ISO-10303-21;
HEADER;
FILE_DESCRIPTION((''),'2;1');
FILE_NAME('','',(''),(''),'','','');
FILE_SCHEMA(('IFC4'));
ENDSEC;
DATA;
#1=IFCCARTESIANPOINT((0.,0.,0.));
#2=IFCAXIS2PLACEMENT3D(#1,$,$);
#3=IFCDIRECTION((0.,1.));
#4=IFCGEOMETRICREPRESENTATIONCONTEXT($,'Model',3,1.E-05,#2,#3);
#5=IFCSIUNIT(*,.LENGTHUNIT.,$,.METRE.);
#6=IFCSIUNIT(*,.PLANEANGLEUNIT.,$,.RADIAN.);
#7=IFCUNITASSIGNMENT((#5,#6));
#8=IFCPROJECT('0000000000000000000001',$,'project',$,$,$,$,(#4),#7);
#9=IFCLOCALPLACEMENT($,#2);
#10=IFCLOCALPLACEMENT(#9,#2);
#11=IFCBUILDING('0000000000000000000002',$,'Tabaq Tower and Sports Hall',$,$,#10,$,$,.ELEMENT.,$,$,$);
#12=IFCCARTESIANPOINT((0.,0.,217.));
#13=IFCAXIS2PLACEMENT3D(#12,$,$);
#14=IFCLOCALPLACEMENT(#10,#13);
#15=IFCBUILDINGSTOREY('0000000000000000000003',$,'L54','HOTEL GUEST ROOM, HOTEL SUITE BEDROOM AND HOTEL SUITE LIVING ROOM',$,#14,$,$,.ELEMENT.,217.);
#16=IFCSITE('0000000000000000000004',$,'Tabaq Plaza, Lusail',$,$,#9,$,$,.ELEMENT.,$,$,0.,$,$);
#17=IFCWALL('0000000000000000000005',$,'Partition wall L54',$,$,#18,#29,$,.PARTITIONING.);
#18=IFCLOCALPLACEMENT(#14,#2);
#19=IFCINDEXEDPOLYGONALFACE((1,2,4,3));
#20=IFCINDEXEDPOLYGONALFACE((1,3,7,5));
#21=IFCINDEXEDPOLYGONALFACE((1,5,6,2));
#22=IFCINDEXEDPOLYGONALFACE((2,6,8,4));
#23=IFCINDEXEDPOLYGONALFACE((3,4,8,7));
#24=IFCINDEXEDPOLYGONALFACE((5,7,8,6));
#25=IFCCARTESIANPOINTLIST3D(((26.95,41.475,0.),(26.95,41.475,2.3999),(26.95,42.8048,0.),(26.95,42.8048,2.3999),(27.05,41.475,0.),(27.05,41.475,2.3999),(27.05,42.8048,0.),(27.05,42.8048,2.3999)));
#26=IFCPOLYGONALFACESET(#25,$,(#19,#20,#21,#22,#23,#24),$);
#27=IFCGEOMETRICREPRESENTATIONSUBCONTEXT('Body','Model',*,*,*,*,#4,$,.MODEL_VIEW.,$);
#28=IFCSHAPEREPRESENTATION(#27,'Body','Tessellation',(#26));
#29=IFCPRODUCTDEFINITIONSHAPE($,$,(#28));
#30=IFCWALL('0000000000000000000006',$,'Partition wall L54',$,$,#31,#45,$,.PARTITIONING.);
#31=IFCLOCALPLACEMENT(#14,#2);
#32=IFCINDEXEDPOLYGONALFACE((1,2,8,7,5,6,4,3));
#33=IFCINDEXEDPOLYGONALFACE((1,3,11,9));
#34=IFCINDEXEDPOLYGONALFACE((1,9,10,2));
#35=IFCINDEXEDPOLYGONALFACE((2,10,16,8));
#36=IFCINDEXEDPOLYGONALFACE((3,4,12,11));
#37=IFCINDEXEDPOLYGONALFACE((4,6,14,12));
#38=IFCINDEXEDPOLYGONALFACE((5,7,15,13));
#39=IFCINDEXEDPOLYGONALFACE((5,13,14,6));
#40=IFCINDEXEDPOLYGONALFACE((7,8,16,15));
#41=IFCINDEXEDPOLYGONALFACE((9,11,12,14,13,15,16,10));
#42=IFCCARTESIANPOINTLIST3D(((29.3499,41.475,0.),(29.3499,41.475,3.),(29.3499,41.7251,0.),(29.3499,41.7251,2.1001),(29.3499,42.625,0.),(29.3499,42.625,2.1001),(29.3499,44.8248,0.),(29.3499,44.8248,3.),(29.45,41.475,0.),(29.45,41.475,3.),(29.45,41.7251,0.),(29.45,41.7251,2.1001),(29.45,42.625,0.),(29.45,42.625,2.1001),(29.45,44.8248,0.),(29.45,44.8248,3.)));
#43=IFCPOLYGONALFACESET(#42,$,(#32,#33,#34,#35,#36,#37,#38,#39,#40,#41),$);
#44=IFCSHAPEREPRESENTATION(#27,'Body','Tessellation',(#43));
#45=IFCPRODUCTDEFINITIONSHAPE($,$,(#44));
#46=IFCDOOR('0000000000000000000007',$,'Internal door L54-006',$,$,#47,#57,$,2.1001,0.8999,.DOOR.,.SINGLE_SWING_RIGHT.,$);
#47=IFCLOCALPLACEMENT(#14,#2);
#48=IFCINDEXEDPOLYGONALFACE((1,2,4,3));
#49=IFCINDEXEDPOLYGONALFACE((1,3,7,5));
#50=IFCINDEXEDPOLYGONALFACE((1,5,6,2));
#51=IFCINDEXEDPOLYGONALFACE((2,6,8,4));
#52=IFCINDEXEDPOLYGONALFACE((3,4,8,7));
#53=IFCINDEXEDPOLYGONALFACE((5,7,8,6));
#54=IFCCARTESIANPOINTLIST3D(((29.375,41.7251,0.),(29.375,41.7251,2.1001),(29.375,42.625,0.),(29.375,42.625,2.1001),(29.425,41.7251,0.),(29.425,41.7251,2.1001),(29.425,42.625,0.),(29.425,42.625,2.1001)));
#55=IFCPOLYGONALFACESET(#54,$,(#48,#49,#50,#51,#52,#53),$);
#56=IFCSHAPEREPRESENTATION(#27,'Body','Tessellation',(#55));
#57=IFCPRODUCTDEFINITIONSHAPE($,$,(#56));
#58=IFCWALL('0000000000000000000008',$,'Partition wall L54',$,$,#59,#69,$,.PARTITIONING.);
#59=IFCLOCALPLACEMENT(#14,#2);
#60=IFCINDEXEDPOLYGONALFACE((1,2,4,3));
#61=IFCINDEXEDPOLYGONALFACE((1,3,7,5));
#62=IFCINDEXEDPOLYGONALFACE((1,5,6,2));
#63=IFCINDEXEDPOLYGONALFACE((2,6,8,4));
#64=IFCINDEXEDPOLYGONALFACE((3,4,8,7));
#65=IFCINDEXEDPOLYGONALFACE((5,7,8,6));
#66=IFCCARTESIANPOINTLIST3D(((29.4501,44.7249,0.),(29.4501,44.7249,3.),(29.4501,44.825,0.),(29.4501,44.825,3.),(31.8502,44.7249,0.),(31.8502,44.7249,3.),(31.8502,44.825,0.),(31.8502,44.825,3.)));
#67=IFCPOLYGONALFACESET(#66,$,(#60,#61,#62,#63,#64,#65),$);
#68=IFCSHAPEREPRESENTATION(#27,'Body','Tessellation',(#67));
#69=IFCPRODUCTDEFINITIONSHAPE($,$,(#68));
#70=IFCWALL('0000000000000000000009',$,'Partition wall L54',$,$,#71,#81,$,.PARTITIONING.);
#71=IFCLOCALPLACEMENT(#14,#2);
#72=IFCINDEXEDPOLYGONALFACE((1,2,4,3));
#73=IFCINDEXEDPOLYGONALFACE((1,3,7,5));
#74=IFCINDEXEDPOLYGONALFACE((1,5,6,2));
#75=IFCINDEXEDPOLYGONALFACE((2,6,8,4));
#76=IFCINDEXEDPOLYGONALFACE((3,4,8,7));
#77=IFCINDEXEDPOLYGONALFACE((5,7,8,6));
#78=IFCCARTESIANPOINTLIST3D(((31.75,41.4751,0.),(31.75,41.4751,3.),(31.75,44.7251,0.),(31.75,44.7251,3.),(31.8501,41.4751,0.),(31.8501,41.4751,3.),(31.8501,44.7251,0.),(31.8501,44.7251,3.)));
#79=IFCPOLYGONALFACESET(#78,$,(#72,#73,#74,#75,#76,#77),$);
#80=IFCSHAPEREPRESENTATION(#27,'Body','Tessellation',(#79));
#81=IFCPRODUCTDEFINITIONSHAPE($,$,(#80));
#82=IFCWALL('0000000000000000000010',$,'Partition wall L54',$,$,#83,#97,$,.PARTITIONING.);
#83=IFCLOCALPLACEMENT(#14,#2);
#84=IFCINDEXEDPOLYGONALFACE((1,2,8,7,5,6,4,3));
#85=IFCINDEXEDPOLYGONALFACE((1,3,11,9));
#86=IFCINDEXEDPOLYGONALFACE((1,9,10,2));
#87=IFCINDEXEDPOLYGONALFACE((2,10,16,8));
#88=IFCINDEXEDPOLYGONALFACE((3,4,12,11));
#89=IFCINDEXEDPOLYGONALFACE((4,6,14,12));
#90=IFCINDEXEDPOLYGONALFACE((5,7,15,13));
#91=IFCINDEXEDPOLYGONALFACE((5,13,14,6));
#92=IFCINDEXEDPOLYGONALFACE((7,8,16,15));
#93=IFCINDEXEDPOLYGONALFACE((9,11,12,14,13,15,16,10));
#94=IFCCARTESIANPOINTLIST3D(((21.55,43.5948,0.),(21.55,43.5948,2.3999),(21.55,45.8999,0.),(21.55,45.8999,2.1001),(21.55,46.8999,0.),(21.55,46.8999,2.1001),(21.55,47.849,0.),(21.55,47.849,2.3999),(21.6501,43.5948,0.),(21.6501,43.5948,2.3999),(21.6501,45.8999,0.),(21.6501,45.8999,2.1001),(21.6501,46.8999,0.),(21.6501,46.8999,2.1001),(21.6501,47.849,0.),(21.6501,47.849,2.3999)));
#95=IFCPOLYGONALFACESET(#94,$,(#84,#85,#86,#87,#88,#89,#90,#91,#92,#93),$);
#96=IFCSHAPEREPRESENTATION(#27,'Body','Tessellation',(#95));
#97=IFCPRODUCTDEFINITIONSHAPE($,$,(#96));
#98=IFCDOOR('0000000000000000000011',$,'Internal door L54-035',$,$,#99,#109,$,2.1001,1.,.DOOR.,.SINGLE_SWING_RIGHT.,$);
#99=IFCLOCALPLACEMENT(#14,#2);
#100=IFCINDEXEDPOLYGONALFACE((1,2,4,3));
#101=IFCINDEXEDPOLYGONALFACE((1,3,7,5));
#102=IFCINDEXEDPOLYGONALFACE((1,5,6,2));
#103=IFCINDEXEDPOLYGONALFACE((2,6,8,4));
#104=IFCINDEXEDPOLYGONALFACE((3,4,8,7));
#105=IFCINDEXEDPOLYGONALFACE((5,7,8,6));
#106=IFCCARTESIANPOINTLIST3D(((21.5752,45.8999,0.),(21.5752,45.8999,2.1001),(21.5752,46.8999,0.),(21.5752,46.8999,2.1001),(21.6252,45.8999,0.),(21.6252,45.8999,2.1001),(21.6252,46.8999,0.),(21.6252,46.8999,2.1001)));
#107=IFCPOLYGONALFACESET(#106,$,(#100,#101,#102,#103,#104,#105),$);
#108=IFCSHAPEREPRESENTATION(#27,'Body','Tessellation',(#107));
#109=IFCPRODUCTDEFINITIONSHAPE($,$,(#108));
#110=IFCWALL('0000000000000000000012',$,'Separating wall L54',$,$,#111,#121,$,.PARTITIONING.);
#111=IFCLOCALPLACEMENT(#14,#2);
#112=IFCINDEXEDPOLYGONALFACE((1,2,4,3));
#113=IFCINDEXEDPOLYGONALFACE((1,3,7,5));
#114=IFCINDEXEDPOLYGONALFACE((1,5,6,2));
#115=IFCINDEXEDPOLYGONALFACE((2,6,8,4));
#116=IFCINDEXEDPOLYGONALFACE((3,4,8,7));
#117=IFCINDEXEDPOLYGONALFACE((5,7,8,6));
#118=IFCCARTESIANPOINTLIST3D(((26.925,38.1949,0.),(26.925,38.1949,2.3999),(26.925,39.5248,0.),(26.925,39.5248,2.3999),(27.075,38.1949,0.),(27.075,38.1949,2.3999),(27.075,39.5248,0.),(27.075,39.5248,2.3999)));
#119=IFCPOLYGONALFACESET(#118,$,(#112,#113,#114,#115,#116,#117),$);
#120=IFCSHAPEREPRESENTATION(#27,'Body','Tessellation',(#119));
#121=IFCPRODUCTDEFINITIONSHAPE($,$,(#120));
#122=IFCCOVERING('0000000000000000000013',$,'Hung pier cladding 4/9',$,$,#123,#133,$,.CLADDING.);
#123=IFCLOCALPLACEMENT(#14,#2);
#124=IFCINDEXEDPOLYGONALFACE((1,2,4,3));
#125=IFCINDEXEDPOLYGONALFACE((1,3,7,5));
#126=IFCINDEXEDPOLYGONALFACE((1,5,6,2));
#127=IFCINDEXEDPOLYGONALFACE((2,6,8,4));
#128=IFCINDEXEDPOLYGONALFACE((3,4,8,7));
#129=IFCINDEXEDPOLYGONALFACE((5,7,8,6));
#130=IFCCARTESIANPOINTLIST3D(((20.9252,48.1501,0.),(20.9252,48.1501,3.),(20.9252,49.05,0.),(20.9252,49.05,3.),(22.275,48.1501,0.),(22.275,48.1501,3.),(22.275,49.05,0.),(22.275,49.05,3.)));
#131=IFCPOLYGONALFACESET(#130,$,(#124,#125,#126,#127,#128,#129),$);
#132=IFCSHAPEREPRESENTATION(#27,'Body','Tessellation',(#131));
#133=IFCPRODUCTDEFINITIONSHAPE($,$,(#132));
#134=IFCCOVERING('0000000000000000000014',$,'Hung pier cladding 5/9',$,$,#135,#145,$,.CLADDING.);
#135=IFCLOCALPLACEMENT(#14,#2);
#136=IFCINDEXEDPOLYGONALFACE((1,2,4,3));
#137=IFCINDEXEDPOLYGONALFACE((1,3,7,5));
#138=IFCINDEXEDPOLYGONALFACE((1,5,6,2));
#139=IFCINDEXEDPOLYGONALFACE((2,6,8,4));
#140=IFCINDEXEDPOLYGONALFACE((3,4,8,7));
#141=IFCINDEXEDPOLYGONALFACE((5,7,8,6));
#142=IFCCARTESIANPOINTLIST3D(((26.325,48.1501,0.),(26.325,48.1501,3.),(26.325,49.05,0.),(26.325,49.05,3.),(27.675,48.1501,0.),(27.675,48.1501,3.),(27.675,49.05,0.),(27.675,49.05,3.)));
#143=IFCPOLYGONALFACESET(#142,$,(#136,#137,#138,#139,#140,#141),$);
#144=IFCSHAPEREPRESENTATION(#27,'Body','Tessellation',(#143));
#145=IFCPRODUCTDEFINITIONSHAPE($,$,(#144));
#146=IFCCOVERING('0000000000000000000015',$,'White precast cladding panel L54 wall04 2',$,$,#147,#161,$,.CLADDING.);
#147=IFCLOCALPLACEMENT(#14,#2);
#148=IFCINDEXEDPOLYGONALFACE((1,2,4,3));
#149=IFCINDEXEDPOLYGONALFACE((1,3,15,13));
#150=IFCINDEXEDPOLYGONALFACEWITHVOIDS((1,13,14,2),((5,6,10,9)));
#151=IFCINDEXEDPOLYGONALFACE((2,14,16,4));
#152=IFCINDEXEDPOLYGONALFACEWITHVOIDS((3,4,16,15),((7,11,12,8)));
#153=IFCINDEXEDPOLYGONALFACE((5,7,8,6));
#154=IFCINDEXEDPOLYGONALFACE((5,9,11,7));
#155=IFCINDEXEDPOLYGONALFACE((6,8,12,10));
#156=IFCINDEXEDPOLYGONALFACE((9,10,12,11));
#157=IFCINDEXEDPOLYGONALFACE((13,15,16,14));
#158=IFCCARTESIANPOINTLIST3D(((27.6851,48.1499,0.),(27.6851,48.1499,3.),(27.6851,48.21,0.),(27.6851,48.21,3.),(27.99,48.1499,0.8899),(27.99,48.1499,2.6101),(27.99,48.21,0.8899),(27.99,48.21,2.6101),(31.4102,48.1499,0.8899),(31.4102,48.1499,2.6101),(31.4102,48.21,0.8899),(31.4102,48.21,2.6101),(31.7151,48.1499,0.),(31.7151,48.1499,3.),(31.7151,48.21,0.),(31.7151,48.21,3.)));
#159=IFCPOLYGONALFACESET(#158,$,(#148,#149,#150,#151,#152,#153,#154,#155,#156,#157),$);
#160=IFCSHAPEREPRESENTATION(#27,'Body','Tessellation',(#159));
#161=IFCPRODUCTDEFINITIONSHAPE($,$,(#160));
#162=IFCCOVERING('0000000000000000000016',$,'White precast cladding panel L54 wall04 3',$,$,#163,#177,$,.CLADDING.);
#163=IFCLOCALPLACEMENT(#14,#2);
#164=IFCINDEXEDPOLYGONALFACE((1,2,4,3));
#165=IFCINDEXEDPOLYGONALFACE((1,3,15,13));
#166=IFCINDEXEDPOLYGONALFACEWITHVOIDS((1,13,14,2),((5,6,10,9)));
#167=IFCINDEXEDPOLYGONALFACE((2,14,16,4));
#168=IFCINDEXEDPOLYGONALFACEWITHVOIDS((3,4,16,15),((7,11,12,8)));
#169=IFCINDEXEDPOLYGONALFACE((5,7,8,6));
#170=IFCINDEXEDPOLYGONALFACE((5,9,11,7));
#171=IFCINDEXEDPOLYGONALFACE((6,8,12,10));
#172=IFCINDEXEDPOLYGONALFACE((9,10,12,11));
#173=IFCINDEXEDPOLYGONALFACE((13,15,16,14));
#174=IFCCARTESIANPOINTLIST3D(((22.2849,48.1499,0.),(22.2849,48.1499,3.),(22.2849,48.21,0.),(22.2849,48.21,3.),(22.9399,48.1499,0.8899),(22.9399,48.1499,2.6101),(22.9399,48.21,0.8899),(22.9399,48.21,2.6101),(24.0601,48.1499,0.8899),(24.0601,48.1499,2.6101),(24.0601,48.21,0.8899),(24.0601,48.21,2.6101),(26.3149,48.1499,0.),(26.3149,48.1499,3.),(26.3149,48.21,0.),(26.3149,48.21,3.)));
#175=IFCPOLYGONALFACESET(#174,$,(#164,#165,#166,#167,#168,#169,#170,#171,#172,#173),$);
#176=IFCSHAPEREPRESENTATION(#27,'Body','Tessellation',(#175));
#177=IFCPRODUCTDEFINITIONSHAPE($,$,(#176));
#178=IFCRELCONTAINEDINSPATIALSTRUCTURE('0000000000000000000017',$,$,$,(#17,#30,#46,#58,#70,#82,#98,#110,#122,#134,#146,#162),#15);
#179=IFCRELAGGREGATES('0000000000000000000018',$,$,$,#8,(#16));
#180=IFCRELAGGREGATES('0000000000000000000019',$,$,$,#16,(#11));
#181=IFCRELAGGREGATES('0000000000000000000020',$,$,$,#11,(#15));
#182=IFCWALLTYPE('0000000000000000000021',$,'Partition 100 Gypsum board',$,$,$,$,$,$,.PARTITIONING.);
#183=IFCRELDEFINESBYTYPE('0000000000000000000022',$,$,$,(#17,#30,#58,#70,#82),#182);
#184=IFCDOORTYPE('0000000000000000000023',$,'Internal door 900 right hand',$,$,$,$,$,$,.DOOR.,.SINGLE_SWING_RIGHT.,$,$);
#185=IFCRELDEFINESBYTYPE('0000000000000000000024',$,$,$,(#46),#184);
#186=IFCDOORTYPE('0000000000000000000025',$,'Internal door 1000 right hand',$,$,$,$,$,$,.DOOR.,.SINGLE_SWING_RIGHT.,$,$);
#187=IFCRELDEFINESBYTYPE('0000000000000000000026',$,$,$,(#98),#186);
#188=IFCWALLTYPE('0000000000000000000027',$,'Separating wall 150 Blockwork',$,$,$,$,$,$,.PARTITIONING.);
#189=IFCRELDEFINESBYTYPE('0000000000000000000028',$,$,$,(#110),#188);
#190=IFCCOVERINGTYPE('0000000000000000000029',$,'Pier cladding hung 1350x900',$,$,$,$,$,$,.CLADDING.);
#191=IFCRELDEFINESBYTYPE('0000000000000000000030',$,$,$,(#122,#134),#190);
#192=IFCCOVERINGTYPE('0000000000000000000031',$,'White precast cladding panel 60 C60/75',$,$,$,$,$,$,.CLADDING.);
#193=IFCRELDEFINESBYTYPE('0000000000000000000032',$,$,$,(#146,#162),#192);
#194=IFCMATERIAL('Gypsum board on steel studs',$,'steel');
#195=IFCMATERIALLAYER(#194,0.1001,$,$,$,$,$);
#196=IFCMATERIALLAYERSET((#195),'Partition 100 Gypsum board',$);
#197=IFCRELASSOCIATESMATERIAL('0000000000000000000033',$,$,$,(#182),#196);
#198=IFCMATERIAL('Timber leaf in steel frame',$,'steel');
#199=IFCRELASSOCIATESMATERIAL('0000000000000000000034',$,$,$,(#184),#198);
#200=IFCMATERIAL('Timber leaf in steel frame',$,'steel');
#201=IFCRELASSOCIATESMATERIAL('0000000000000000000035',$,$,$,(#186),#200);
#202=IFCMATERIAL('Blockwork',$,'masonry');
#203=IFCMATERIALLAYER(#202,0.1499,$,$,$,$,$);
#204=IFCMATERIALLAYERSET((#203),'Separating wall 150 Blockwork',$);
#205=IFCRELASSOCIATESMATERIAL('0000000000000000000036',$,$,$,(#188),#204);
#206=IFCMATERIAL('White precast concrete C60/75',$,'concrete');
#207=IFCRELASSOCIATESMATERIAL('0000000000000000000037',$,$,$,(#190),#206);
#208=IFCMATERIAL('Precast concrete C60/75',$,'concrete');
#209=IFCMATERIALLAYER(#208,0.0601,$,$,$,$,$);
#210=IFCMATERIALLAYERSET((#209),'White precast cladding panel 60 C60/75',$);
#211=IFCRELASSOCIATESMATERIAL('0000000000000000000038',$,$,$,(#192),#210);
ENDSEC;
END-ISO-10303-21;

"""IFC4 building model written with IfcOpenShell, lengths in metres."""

from ifc_helpers import new_model, si_unit, direction, frame, frame_2d, origin, place, context, subcontext, project, spatial, polyline, rectangle, outline, extrude, material, layer, layer_set, type_object, element, fill, save


model = new_model("IFC4")

# Units and contexts
model_context = context("Model", 3, precision=1e-05, world=origin(), true_north=direction((0.0, 1.0)))
body_context = subcontext(model_context, "Body", "Model", "MODEL_VIEW")
ifc_project = project(units=[si_unit("LENGTHUNIT", "METRE"), si_unit("PLANEANGLEUNIT", "RADIAN")], contexts=[model_context])

# Site, building, storey
site_placement = place(None, origin())
site = spatial("IfcSite", under=ifc_project, at=site_placement, Name="Tabaq Plaza, Lusail", CompositionType="ELEMENT", RefElevation=0.0)
building_placement = place(site_placement, origin())
building = spatial("IfcBuilding", under=site, at=building_placement, Name="Tabaq Tower and Sports Hall", CompositionType="ELEMENT")
storey_placement = place(building_placement, frame((0.0, 0.0, 217.0)))
storey = spatial("IfcBuildingStorey", under=building, at=storey_placement, Name="L54", Description="HOTEL GUEST ROOM, HOTEL SUITE BEDROOM AND HOTEL SUITE LIVING ROOM", CompositionType="ELEMENT", Elevation=217.0)

# Shared definitions
ifc_material_1 = material(Name="Gypsum board on steel studs", Category="steel")
ifc_layer_1 = layer(ifc_material_1, 0.1001)
ifc_layer_set_1 = layer_set([ifc_layer_1], Name="Partition 100 Gypsum board")
wall_type_1 = type_object("IfcWallType", Name="Partition 100 Gypsum board", PredefinedType="PARTITIONING", material=ifc_layer_set_1)

# Shared definitions
ifc_material_2 = material(Name="Timber leaf in steel frame", Category="steel")
door_type_1 = type_object("IfcDoorType", Name="Internal door 900 right hand", OperationType="SINGLE_SWING_RIGHT", PredefinedType="DOOR", material=ifc_material_2)
ifc_material_3 = material(Name="Timber leaf in steel frame", Category="steel")
door_type_2 = type_object("IfcDoorType", Name="Internal door 1000 right hand", OperationType="SINGLE_SWING_RIGHT", PredefinedType="DOOR", material=ifc_material_3)

# Wall
wall_1_placement = place(storey_placement, frame((27.0, 42.8049, 0.0), z_axis=(0.0, 0.0, 1.0), x_axis=(0.0, -1.0, 0.0)))
element("IfcWall", 1, at=wall_1_placement, inside=storey, type_object=wall_type_1, Name="Partition wall L54", PredefinedType="PARTITIONING", context=body_context, shape_type="SweptSolid", body=[
    extrude(rectangle(XDim=1.3298, YDim=0.1001, at=frame_2d((0.665, 0.0))), origin(), (0.0, 0.0, 1.0), 2.3999),
])

# Wall, opening, door
wall_2_placement = place(storey_placement, frame((29.3999, 41.4751, 0.0), z_axis=(0.0, 0.0, 1.0), x_axis=(0.0, 1.0, 0.0)))
wall_2 = element("IfcWall", 2, at=wall_2_placement, inside=storey, type_object=wall_type_1, Name="Partition wall L54", PredefinedType="PARTITIONING", context=body_context, shape_type="SweptSolid", body=[
    extrude(rectangle(XDim=3.3499, YDim=0.1001, at=frame_2d((1.6748, 0.0))), origin(), (0.0, 0.0, 1.0), 3.0),
])
opening_1_placement = place(wall_2_placement, frame((0.25, 0.0, 0.0)))
opening_1 = element("IfcOpeningElement", 3, at=opening_1_placement, cuts=wall_2, PredefinedType="OPENING", context=body_context, shape_type="SweptSolid", body=[
    extrude(rectangle(XDim=0.8999, YDim=2.1001, at=frame_2d((0.45, 1.05))), frame((0.0, 0.05, 0.0), z_axis=(0.0, -1.0, 0.0), x_axis=(1.0, 0.0, 0.0)), (0.0, 0.0, 1.0), 0.1001),
])
door_1_placement = place(opening_1_placement, origin())
door_1 = element("IfcDoor", 4, at=door_1_placement, inside=storey, type_object=door_type_1, Name="Internal door L54-006", OperationType="SINGLE_SWING_RIGHT", OverallHeight=2.1001, OverallWidth=0.8999, PredefinedType="DOOR", context=body_context, shape_type="SweptSolid", body=[
    extrude(rectangle(XDim=0.8999, YDim=2.1001, at=frame_2d((0.45, 1.05))), frame((0.0, 0.0249, 0.0), z_axis=(0.0, -1.0, 0.0), x_axis=(1.0, 0.0, 0.0)), (0.0, 0.0, 1.0), 0.05),
])
fill(opening_1, door_1)

# Walls
wall_3_placement = place(storey_placement, frame((29.45, 44.7749, 0.0), z_axis=(0.0, 0.0, 1.0), x_axis=(1.0, 0.0, 0.0)))
element("IfcWall", 5, at=wall_3_placement, inside=storey, type_object=wall_type_1, Name="Partition wall L54", PredefinedType="PARTITIONING", context=body_context, shape_type="SweptSolid", body=[
    extrude(rectangle(XDim=2.4001, YDim=0.1001, at=frame_2d((1.2002, 0.0))), origin(), (0.0, 0.0, 1.0), 3.0),
])
wall_4_placement = place(storey_placement, frame((31.8, 44.7251, 0.0), z_axis=(0.0, 0.0, 1.0), x_axis=(0.0, -1.0, 0.0)))
element("IfcWall", 6, at=wall_4_placement, inside=storey, type_object=wall_type_1, Name="Partition wall L54", PredefinedType="PARTITIONING", context=body_context, shape_type="SweptSolid", body=[
    extrude(rectangle(XDim=3.25, YDim=0.1001, at=frame_2d((1.625, 0.0))), origin(), (0.0, 0.0, 1.0), 3.0),
])

# Wall, opening, door
wall_5_placement = place(storey_placement, frame((21.6001, 43.595, 0.0), z_axis=(0.0, 0.0, 1.0), x_axis=(0.0, 1.0, 0.0)))
wall_5 = element("IfcWall", 7, at=wall_5_placement, inside=storey, type_object=wall_type_1, Name="Partition wall L54", PredefinedType="PARTITIONING", context=body_context, shape_type="SweptSolid", body=[
    extrude(rectangle(XDim=4.2542, YDim=0.1001, at=frame_2d((2.127, 0.0))), origin(), (0.0, 0.0, 1.0), 2.3999),
])
opening_2_placement = place(wall_5_placement, frame((2.3049, 0.0, 0.0)))
opening_2 = element("IfcOpeningElement", 8, at=opening_2_placement, cuts=wall_5, PredefinedType="OPENING", context=body_context, shape_type="SweptSolid", body=[
    extrude(rectangle(XDim=1.0, YDim=2.1001, at=frame_2d((0.5, 1.05))), frame((0.0, 0.05, 0.0), z_axis=(0.0, -1.0, 0.0), x_axis=(1.0, 0.0, 0.0)), (0.0, 0.0, 1.0), 0.1001),
])
door_2_placement = place(opening_2_placement, origin())
door_2 = element("IfcDoor", 9, at=door_2_placement, inside=storey, type_object=door_type_2, Name="Internal door L54-035", OperationType="SINGLE_SWING_RIGHT", OverallHeight=2.1001, OverallWidth=1.0, PredefinedType="DOOR", context=body_context, shape_type="SweptSolid", body=[
    extrude(rectangle(XDim=1.0, YDim=2.1001, at=frame_2d((0.5, 1.05))), frame((0.0, 0.0249, 0.0), z_axis=(0.0, -1.0, 0.0), x_axis=(1.0, 0.0, 0.0)), (0.0, 0.0, 1.0), 0.05),
])
fill(opening_2, door_2)

# Wall
ifc_material_4 = material(Name="Blockwork", Category="masonry")
ifc_layer_2 = layer(ifc_material_4, 0.1499)
ifc_layer_set_2 = layer_set([ifc_layer_2], Name="Separating wall 150 Blockwork")
wall_type_2 = type_object("IfcWallType", Name="Separating wall 150 Blockwork", PredefinedType="PARTITIONING", material=ifc_layer_set_2)
wall_6_placement = place(storey_placement, frame((27.0, 39.5249, 0.0), z_axis=(0.0, 0.0, 1.0), x_axis=(0.0, -1.0, 0.0)))
element("IfcWall", 10, at=wall_6_placement, inside=storey, type_object=wall_type_2, Name="Separating wall L54", PredefinedType="PARTITIONING", context=body_context, shape_type="SweptSolid", body=[
    extrude(rectangle(XDim=1.3298, YDim=0.1499, at=frame_2d((0.665, 0.0))), origin(), (0.0, 0.0, 1.0), 2.3999),
])

# Coverings
ifc_material_5 = material(Name="White precast concrete C60/75", Category="concrete")
covering_type_1 = type_object("IfcCoveringType", Name="Pier cladding hung 1350x900", PredefinedType="CLADDING", material=ifc_material_5)
covering_1_placement = place(storey_placement, frame((22.2749, 48.6001, 0.0), z_axis=(0.0, 0.0, 1.0), x_axis=(-1.0, 0.0, 0.0)))
element("IfcCovering", 11, at=covering_1_placement, inside=storey, type_object=covering_type_1, Name="Hung pier cladding 4/9", PredefinedType="CLADDING", context=body_context, shape_type="SweptSolid", body=[
    extrude(rectangle(XDim=1.3499, YDim=0.8999, at=frame_2d((0.6748, 0.0))), origin(), (0.0, 0.0, 1.0), 3.0),
])
covering_2_placement = place(storey_placement, frame((27.675, 48.6001, 0.0), z_axis=(0.0, 0.0, 1.0), x_axis=(-1.0, 0.0, 0.0)))
element("IfcCovering", 12, at=covering_2_placement, inside=storey, type_object=covering_type_1, Name="Hung pier cladding 5/9", PredefinedType="CLADDING", context=body_context, shape_type="SweptSolid", body=[
    extrude(rectangle(XDim=1.3501, YDim=0.8999, at=frame_2d((0.675, 0.0))), origin(), (0.0, 0.0, 1.0), 3.0),
])
ifc_material_6 = material(Name="Precast concrete C60/75", Category="concrete")
ifc_layer_3 = layer(ifc_material_6, 0.0601)
ifc_layer_set_3 = layer_set([ifc_layer_3], Name="White precast cladding panel 60 C60/75")
covering_type_2 = type_object("IfcCoveringType", Name="White precast cladding panel 60 C60/75", PredefinedType="CLADDING", material=ifc_layer_set_3)
covering_3_placement = place(storey_placement, frame((31.7151, 48.1799, 0.0), z_axis=(0.0, 0.0, 1.0), x_axis=(-1.0, 0.0, 0.0)))
element("IfcCovering", 13, at=covering_3_placement, inside=storey, type_object=covering_type_2, Name="White precast cladding panel L54 wall04 2", PredefinedType="CLADDING", context=body_context, shape_type="SweptSolid", body=[
    extrude(outline(polyline([(0.0, 0.0), (4.03, 0.0), (4.03, 3.0), (0.0, 3.0), (0.0, 0.0)]), holes=[polyline([(0.3049, 0.8899), (0.3049, 2.6101), (3.7251, 2.6101), (3.7251, 0.8899), (0.3049, 0.8899)])]), frame((0.0, 0.03, 0.0), z_axis=(0.0, -1.0, 0.0), x_axis=(1.0, 0.0, 0.0)), (0.0, 0.0, 1.0), 0.0601),
])
covering_4_placement = place(storey_placement, frame((26.3149, 48.1799, 0.0), z_axis=(0.0, 0.0, 1.0), x_axis=(-1.0, 0.0, 0.0)))
element("IfcCovering", 14, at=covering_4_placement, inside=storey, type_object=covering_type_2, Name="White precast cladding panel L54 wall04 3", PredefinedType="CLADDING", context=body_context, shape_type="SweptSolid", body=[
    extrude(outline(polyline([(0.0, 0.0), (4.03, 0.0), (4.03, 3.0), (0.0, 3.0), (0.0, 0.0)]), holes=[polyline([(2.2549, 0.8899), (2.2549, 2.6101), (3.375, 2.6101), (3.375, 0.8899), (2.2549, 0.8899)])]), frame((0.0, 0.03, 0.0), z_axis=(0.0, -1.0, 0.0), x_axis=(1.0, 0.0, 0.0)), (0.0, 0.0, 1.0), 0.0601),
])

save(model, "model.ifc")
